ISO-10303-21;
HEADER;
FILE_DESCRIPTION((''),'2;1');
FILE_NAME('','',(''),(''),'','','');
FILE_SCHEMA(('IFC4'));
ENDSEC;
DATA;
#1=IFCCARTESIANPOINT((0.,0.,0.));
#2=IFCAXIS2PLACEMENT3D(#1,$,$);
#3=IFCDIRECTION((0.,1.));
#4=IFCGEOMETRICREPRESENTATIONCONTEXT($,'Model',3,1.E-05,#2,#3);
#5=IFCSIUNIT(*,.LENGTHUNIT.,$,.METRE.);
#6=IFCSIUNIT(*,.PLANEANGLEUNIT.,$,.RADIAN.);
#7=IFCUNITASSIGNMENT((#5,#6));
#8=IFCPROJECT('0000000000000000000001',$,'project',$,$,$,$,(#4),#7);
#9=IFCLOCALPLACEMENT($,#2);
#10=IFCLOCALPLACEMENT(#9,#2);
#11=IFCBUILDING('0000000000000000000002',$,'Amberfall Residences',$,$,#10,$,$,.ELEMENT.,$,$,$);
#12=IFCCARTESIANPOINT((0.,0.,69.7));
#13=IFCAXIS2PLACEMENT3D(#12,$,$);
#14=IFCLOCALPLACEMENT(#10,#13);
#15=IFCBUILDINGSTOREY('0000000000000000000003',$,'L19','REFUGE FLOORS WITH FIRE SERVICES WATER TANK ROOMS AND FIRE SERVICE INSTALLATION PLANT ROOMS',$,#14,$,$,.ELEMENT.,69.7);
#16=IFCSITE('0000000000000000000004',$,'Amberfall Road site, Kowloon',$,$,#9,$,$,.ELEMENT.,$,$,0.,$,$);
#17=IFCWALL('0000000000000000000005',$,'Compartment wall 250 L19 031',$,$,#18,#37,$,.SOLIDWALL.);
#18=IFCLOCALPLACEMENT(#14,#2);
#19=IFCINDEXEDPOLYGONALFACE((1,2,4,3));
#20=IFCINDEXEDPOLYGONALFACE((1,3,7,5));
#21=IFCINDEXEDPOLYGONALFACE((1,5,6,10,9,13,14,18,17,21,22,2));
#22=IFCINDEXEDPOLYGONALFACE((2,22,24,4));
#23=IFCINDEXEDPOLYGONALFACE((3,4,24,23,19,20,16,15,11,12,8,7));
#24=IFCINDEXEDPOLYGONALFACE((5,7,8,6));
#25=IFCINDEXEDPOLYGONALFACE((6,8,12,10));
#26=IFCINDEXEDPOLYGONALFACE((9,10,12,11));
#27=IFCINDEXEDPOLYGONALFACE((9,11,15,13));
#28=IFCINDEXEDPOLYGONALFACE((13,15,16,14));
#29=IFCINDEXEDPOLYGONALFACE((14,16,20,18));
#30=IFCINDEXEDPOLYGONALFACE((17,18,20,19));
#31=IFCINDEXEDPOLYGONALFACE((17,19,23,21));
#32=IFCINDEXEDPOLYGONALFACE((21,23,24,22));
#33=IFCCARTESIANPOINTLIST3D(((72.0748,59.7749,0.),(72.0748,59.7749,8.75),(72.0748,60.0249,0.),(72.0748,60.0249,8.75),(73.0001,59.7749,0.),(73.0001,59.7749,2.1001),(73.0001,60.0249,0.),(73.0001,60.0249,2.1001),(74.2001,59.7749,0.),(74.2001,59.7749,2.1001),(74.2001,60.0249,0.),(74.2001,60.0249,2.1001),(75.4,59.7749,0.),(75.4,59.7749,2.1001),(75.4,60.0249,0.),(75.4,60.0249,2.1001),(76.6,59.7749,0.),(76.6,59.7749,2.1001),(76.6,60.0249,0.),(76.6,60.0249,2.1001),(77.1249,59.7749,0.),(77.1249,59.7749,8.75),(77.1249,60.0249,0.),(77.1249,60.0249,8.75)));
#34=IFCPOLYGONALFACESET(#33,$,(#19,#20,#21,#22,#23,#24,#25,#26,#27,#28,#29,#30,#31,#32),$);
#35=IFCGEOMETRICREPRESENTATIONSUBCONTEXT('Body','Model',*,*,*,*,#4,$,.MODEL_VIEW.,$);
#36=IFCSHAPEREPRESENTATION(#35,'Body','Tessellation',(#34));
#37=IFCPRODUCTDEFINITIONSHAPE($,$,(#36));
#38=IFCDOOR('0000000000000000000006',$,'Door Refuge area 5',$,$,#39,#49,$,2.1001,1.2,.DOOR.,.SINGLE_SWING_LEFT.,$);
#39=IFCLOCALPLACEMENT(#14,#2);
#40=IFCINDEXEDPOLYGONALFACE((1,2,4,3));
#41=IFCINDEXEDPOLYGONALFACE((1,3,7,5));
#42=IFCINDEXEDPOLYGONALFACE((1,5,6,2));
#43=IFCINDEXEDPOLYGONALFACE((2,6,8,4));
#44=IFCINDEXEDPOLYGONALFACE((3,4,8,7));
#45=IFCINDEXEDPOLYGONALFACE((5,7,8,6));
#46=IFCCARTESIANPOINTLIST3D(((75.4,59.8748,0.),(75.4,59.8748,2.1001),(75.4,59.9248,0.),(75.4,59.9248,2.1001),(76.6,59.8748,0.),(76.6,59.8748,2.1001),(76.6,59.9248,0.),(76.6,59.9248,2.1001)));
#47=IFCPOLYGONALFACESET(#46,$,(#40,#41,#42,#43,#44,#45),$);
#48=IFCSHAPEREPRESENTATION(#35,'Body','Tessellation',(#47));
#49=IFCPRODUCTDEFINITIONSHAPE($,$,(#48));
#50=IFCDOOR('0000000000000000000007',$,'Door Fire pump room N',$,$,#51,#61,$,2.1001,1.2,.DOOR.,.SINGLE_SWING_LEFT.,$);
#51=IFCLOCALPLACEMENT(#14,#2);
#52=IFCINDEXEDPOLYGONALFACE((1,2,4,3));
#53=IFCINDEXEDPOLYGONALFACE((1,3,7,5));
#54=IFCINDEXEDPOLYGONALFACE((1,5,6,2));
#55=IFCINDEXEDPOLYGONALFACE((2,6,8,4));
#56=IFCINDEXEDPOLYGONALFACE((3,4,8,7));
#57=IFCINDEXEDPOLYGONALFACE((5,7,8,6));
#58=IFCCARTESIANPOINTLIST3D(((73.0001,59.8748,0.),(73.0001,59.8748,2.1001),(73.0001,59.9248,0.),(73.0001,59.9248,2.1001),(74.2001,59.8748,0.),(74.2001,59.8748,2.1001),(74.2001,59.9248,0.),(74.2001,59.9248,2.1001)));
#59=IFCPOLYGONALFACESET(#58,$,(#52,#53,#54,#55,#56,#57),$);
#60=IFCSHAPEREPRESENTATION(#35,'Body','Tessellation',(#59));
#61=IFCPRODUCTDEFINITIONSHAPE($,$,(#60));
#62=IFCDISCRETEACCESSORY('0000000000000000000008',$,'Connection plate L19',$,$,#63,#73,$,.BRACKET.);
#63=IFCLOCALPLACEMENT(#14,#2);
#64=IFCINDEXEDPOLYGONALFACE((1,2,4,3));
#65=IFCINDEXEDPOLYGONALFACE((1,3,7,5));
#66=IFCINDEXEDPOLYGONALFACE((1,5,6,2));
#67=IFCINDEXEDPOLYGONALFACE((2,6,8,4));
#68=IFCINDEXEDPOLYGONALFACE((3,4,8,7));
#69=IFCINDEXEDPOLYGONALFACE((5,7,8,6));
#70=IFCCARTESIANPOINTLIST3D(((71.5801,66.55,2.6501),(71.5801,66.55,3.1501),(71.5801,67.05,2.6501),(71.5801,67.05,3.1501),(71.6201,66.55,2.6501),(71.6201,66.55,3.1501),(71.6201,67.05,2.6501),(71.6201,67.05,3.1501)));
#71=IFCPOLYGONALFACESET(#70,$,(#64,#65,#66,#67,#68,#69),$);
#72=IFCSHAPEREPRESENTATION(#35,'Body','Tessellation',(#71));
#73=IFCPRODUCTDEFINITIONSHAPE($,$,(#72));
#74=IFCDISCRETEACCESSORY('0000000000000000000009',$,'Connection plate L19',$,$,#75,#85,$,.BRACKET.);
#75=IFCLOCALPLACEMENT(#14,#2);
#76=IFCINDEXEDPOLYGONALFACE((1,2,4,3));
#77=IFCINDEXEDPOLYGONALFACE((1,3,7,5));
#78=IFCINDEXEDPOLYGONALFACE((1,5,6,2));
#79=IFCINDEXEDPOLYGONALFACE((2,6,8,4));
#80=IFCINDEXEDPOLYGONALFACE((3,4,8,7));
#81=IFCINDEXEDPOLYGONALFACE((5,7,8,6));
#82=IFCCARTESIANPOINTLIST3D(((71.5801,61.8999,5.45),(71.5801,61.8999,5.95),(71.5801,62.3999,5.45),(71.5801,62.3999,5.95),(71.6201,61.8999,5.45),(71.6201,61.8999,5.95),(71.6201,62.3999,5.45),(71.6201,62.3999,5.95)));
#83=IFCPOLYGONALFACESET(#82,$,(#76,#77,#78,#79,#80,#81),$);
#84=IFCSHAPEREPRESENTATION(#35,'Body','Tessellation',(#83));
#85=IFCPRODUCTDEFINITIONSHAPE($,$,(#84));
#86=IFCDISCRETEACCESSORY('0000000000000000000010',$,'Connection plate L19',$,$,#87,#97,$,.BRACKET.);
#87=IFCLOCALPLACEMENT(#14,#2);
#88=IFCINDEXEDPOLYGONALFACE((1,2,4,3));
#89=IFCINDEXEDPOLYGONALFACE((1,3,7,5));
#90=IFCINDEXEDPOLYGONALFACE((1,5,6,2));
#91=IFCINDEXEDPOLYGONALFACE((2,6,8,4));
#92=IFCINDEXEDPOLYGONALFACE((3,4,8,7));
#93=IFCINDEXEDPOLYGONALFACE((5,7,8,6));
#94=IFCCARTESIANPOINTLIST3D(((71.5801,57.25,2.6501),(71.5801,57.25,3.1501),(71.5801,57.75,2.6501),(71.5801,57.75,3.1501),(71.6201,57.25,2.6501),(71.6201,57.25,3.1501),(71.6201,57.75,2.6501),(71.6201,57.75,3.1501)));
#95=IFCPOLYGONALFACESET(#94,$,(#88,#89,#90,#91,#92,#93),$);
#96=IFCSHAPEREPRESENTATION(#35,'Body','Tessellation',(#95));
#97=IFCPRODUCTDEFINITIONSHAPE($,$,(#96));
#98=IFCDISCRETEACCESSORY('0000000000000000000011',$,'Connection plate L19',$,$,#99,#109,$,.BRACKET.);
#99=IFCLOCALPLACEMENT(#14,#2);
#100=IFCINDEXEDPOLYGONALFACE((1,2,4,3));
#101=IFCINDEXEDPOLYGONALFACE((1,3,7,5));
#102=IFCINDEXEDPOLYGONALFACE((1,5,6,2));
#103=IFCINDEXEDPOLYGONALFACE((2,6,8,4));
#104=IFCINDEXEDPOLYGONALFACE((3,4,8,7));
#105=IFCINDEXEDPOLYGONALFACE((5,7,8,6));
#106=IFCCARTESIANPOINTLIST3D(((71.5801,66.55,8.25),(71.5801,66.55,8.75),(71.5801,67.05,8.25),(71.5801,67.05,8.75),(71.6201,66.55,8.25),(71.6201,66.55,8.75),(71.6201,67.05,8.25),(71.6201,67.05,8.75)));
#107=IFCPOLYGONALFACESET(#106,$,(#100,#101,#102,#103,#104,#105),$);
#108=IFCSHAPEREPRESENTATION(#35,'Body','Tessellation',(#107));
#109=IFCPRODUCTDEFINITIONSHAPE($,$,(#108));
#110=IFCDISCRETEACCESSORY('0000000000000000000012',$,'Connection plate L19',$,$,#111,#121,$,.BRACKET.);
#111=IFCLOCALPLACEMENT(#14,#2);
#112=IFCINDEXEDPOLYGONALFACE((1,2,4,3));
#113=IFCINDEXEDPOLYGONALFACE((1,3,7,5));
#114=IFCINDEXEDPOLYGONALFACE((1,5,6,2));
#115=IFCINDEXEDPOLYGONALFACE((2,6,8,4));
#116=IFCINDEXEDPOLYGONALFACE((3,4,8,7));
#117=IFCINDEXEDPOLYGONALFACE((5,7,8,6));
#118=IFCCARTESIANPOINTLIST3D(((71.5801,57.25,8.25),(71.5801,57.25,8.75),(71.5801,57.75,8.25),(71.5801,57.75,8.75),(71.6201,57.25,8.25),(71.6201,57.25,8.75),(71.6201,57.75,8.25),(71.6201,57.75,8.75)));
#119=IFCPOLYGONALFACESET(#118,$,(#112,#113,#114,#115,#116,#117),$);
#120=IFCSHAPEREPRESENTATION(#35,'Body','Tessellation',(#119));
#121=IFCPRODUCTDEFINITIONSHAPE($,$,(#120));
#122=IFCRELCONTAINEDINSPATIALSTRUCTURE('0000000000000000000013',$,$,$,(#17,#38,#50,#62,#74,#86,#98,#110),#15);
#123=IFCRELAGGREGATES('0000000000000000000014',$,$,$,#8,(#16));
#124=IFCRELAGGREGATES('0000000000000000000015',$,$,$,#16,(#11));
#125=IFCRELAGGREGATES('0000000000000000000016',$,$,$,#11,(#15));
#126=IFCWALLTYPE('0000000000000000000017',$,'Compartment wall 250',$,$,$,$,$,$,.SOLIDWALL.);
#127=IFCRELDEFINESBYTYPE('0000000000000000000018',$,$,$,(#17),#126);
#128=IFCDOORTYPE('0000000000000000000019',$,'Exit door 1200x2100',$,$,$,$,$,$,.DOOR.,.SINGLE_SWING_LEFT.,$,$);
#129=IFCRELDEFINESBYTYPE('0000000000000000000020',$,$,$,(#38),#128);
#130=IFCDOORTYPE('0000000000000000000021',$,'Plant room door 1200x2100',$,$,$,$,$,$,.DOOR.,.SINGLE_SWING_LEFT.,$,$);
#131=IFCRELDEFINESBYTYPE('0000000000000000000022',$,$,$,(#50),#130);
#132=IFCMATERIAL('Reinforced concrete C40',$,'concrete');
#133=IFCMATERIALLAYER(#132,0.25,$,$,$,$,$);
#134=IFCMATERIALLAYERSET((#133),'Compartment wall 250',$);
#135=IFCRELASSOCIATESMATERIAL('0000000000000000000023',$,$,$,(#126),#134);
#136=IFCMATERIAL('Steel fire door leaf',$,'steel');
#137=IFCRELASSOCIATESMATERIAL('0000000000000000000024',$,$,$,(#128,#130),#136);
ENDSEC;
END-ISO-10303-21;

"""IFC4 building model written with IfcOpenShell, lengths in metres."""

from ifc_helpers import new_model, si_unit, direction, frame, frame_2d, origin, origin_2d, place, context, subcontext, project, spatial, rectangle, extrude, material, layer, layer_set, type_object, element, fill, save


model = new_model("IFC4")

# Units and contexts
model_context = context("Model", 3, precision=1e-05, world=origin(), true_north=direction((0.0, 1.0)))
body_context = subcontext(model_context, "Body", "Model", "MODEL_VIEW")
ifc_project = project(units=[si_unit("LENGTHUNIT", "METRE"), si_unit("PLANEANGLEUNIT", "RADIAN")], contexts=[model_context])

# Site, building, storey
site_placement = place(None, origin())
site = spatial("IfcSite", under=ifc_project, at=site_placement, Name="Amberfall Road site, Kowloon", CompositionType="ELEMENT", RefElevation=0.0)
building_placement = place(site_placement, origin())
building = spatial("IfcBuilding", under=site, at=building_placement, Name="Amberfall Residences", CompositionType="ELEMENT")
storey_placement = place(building_placement, frame((0.0, 0.0, 69.7)))
storey = spatial("IfcBuildingStorey", under=building, at=storey_placement, Name="L19", Description="REFUGE FLOORS WITH FIRE SERVICES WATER TANK ROOMS AND FIRE SERVICE INSTALLATION PLANT ROOMS", CompositionType="ELEMENT", Elevation=69.7)

# Wall, openings, doors
ifc_material_1 = material(Name="Reinforced concrete C40", Category="concrete")
ifc_layer = layer(ifc_material_1, 0.25)
ifc_layer_set = layer_set([ifc_layer], Name="Compartment wall 250")
wall_type = type_object("IfcWallType", Name="Compartment wall 250", PredefinedType="SOLIDWALL", material=ifc_layer_set)
wall_placement = place(storey_placement, frame((72.075, 59.8999, 0.0), z_axis=(0.0, 0.0, 1.0), x_axis=(1.0, 0.0, 0.0)))
wall = element("IfcWall", 1, at=wall_placement, inside=storey, type_object=wall_type, Name="Compartment wall 250 L19 031", PredefinedType="SOLIDWALL", context=body_context, shape_type="SweptSolid", body=[
    extrude(rectangle(XDim=5.05, YDim=0.25, at=frame_2d((2.5249, 0.0))), origin(), (0.0, 0.0, 1.0), 8.75),
])
opening_1_placement = place(wall_placement, frame((0.925, 0.0, 0.0)))
opening_1 = element("IfcOpeningElement", 2, at=opening_1_placement, cuts=wall, PredefinedType="OPENING", context=body_context, shape_type="SweptSolid", body=[
    extrude(rectangle(XDim=1.2, YDim=2.1001, at=frame_2d((0.6001, 1.05))), frame((0.0, 0.135, 0.0), z_axis=(0.0, -1.0, 0.0), x_axis=(1.0, 0.0, 0.0)), (0.0, 0.0, 1.0), 0.27),
])
opening_2_placement = place(wall_placement, frame((3.325, 0.0, 0.0)))
opening_2 = element("IfcOpeningElement", 3, at=opening_2_placement, cuts=wall, PredefinedType="OPENING", context=body_context, shape_type="SweptSolid", body=[
    extrude(rectangle(XDim=1.2, YDim=2.1001, at=frame_2d((0.6001, 1.05))), frame((0.0, 0.135, 0.0), z_axis=(0.0, -1.0, 0.0), x_axis=(1.0, 0.0, 0.0)), (0.0, 0.0, 1.0), 0.27),
])
ifc_material_2 = material(Name="Steel fire door leaf", Category="steel")
door_type_1 = type_object("IfcDoorType", Name="Exit door 1200x2100", OperationType="SINGLE_SWING_LEFT", PredefinedType="DOOR", material=ifc_material_2)
door_1_placement = place(opening_2_placement, origin())
door_1 = element("IfcDoor", 4, at=door_1_placement, inside=storey, type_object=door_type_1, Name="Door Refuge area 5", OperationType="SINGLE_SWING_LEFT", OverallHeight=2.1001, OverallWidth=1.2, PredefinedType="DOOR", context=body_context, shape_type="SweptSolid", body=[
    extrude(rectangle(XDim=1.2, YDim=2.1001, at=frame_2d((0.6001, 1.05))), frame((0.0, 0.0249, 0.0), z_axis=(0.0, -1.0, 0.0), x_axis=(1.0, 0.0, 0.0)), (0.0, 0.0, 1.0), 0.05),
])
fill(opening_2, door_1)
door_type_2 = type_object("IfcDoorType", Name="Plant room door 1200x2100", OperationType="SINGLE_SWING_LEFT", PredefinedType="DOOR", material=ifc_material_2)
door_2_placement = place(opening_1_placement, origin())
door_2 = element("IfcDoor", 5, at=door_2_placement, inside=storey, type_object=door_type_2, Name="Door Fire pump room N", OperationType="SINGLE_SWING_LEFT", OverallHeight=2.1001, OverallWidth=1.2, PredefinedType="DOOR", context=body_context, shape_type="SweptSolid", body=[
    extrude(rectangle(XDim=1.2, YDim=2.1001, at=frame_2d((0.6001, 1.05))), frame((0.0, 0.0249, 0.0), z_axis=(0.0, -1.0, 0.0), x_axis=(1.0, 0.0, 0.0)), (0.0, 0.0, 1.0), 0.05),
])
fill(opening_1, door_2)

# Discrete accessories
for number, where, z_axis, x_axis, name in (
    (6, (71.6001, 66.8, 2.6501), (0.0, 0.0, 1.0), (0.0, 1.0, 0.0), "Connection plate L19"),
    (7, (71.6001, 62.1499, 5.45), (0.0, 0.0, 1.0), (0.0, 1.0, 0.0), "Connection plate L19"),
    (8, (71.6001, 57.5, 2.6501), (0.0, 0.0, 1.0), (0.0, 1.0, 0.0), "Connection plate L19"),
    (9, (71.6001, 66.8, 8.25), (0.0, 0.0, 1.0), (0.0, 1.0, 0.0), "Connection plate L19"),
    (10, (71.6001, 57.5, 8.25), (0.0, 0.0, 1.0), (0.0, 1.0, 0.0), "Connection plate L19"),
):
    element("IfcDiscreteAccessory", number, at=place(storey_placement, frame(where, z_axis=z_axis, x_axis=x_axis)), inside=storey, Name=name, PredefinedType="BRACKET", context=body_context, shape_type="SweptSolid", body=[
        extrude(rectangle(XDim=0.5, YDim=0.04, at=origin_2d()), origin(), (0.0, 0.0, 1.0), 0.5),
    ])

save(model, "model.ifc")
